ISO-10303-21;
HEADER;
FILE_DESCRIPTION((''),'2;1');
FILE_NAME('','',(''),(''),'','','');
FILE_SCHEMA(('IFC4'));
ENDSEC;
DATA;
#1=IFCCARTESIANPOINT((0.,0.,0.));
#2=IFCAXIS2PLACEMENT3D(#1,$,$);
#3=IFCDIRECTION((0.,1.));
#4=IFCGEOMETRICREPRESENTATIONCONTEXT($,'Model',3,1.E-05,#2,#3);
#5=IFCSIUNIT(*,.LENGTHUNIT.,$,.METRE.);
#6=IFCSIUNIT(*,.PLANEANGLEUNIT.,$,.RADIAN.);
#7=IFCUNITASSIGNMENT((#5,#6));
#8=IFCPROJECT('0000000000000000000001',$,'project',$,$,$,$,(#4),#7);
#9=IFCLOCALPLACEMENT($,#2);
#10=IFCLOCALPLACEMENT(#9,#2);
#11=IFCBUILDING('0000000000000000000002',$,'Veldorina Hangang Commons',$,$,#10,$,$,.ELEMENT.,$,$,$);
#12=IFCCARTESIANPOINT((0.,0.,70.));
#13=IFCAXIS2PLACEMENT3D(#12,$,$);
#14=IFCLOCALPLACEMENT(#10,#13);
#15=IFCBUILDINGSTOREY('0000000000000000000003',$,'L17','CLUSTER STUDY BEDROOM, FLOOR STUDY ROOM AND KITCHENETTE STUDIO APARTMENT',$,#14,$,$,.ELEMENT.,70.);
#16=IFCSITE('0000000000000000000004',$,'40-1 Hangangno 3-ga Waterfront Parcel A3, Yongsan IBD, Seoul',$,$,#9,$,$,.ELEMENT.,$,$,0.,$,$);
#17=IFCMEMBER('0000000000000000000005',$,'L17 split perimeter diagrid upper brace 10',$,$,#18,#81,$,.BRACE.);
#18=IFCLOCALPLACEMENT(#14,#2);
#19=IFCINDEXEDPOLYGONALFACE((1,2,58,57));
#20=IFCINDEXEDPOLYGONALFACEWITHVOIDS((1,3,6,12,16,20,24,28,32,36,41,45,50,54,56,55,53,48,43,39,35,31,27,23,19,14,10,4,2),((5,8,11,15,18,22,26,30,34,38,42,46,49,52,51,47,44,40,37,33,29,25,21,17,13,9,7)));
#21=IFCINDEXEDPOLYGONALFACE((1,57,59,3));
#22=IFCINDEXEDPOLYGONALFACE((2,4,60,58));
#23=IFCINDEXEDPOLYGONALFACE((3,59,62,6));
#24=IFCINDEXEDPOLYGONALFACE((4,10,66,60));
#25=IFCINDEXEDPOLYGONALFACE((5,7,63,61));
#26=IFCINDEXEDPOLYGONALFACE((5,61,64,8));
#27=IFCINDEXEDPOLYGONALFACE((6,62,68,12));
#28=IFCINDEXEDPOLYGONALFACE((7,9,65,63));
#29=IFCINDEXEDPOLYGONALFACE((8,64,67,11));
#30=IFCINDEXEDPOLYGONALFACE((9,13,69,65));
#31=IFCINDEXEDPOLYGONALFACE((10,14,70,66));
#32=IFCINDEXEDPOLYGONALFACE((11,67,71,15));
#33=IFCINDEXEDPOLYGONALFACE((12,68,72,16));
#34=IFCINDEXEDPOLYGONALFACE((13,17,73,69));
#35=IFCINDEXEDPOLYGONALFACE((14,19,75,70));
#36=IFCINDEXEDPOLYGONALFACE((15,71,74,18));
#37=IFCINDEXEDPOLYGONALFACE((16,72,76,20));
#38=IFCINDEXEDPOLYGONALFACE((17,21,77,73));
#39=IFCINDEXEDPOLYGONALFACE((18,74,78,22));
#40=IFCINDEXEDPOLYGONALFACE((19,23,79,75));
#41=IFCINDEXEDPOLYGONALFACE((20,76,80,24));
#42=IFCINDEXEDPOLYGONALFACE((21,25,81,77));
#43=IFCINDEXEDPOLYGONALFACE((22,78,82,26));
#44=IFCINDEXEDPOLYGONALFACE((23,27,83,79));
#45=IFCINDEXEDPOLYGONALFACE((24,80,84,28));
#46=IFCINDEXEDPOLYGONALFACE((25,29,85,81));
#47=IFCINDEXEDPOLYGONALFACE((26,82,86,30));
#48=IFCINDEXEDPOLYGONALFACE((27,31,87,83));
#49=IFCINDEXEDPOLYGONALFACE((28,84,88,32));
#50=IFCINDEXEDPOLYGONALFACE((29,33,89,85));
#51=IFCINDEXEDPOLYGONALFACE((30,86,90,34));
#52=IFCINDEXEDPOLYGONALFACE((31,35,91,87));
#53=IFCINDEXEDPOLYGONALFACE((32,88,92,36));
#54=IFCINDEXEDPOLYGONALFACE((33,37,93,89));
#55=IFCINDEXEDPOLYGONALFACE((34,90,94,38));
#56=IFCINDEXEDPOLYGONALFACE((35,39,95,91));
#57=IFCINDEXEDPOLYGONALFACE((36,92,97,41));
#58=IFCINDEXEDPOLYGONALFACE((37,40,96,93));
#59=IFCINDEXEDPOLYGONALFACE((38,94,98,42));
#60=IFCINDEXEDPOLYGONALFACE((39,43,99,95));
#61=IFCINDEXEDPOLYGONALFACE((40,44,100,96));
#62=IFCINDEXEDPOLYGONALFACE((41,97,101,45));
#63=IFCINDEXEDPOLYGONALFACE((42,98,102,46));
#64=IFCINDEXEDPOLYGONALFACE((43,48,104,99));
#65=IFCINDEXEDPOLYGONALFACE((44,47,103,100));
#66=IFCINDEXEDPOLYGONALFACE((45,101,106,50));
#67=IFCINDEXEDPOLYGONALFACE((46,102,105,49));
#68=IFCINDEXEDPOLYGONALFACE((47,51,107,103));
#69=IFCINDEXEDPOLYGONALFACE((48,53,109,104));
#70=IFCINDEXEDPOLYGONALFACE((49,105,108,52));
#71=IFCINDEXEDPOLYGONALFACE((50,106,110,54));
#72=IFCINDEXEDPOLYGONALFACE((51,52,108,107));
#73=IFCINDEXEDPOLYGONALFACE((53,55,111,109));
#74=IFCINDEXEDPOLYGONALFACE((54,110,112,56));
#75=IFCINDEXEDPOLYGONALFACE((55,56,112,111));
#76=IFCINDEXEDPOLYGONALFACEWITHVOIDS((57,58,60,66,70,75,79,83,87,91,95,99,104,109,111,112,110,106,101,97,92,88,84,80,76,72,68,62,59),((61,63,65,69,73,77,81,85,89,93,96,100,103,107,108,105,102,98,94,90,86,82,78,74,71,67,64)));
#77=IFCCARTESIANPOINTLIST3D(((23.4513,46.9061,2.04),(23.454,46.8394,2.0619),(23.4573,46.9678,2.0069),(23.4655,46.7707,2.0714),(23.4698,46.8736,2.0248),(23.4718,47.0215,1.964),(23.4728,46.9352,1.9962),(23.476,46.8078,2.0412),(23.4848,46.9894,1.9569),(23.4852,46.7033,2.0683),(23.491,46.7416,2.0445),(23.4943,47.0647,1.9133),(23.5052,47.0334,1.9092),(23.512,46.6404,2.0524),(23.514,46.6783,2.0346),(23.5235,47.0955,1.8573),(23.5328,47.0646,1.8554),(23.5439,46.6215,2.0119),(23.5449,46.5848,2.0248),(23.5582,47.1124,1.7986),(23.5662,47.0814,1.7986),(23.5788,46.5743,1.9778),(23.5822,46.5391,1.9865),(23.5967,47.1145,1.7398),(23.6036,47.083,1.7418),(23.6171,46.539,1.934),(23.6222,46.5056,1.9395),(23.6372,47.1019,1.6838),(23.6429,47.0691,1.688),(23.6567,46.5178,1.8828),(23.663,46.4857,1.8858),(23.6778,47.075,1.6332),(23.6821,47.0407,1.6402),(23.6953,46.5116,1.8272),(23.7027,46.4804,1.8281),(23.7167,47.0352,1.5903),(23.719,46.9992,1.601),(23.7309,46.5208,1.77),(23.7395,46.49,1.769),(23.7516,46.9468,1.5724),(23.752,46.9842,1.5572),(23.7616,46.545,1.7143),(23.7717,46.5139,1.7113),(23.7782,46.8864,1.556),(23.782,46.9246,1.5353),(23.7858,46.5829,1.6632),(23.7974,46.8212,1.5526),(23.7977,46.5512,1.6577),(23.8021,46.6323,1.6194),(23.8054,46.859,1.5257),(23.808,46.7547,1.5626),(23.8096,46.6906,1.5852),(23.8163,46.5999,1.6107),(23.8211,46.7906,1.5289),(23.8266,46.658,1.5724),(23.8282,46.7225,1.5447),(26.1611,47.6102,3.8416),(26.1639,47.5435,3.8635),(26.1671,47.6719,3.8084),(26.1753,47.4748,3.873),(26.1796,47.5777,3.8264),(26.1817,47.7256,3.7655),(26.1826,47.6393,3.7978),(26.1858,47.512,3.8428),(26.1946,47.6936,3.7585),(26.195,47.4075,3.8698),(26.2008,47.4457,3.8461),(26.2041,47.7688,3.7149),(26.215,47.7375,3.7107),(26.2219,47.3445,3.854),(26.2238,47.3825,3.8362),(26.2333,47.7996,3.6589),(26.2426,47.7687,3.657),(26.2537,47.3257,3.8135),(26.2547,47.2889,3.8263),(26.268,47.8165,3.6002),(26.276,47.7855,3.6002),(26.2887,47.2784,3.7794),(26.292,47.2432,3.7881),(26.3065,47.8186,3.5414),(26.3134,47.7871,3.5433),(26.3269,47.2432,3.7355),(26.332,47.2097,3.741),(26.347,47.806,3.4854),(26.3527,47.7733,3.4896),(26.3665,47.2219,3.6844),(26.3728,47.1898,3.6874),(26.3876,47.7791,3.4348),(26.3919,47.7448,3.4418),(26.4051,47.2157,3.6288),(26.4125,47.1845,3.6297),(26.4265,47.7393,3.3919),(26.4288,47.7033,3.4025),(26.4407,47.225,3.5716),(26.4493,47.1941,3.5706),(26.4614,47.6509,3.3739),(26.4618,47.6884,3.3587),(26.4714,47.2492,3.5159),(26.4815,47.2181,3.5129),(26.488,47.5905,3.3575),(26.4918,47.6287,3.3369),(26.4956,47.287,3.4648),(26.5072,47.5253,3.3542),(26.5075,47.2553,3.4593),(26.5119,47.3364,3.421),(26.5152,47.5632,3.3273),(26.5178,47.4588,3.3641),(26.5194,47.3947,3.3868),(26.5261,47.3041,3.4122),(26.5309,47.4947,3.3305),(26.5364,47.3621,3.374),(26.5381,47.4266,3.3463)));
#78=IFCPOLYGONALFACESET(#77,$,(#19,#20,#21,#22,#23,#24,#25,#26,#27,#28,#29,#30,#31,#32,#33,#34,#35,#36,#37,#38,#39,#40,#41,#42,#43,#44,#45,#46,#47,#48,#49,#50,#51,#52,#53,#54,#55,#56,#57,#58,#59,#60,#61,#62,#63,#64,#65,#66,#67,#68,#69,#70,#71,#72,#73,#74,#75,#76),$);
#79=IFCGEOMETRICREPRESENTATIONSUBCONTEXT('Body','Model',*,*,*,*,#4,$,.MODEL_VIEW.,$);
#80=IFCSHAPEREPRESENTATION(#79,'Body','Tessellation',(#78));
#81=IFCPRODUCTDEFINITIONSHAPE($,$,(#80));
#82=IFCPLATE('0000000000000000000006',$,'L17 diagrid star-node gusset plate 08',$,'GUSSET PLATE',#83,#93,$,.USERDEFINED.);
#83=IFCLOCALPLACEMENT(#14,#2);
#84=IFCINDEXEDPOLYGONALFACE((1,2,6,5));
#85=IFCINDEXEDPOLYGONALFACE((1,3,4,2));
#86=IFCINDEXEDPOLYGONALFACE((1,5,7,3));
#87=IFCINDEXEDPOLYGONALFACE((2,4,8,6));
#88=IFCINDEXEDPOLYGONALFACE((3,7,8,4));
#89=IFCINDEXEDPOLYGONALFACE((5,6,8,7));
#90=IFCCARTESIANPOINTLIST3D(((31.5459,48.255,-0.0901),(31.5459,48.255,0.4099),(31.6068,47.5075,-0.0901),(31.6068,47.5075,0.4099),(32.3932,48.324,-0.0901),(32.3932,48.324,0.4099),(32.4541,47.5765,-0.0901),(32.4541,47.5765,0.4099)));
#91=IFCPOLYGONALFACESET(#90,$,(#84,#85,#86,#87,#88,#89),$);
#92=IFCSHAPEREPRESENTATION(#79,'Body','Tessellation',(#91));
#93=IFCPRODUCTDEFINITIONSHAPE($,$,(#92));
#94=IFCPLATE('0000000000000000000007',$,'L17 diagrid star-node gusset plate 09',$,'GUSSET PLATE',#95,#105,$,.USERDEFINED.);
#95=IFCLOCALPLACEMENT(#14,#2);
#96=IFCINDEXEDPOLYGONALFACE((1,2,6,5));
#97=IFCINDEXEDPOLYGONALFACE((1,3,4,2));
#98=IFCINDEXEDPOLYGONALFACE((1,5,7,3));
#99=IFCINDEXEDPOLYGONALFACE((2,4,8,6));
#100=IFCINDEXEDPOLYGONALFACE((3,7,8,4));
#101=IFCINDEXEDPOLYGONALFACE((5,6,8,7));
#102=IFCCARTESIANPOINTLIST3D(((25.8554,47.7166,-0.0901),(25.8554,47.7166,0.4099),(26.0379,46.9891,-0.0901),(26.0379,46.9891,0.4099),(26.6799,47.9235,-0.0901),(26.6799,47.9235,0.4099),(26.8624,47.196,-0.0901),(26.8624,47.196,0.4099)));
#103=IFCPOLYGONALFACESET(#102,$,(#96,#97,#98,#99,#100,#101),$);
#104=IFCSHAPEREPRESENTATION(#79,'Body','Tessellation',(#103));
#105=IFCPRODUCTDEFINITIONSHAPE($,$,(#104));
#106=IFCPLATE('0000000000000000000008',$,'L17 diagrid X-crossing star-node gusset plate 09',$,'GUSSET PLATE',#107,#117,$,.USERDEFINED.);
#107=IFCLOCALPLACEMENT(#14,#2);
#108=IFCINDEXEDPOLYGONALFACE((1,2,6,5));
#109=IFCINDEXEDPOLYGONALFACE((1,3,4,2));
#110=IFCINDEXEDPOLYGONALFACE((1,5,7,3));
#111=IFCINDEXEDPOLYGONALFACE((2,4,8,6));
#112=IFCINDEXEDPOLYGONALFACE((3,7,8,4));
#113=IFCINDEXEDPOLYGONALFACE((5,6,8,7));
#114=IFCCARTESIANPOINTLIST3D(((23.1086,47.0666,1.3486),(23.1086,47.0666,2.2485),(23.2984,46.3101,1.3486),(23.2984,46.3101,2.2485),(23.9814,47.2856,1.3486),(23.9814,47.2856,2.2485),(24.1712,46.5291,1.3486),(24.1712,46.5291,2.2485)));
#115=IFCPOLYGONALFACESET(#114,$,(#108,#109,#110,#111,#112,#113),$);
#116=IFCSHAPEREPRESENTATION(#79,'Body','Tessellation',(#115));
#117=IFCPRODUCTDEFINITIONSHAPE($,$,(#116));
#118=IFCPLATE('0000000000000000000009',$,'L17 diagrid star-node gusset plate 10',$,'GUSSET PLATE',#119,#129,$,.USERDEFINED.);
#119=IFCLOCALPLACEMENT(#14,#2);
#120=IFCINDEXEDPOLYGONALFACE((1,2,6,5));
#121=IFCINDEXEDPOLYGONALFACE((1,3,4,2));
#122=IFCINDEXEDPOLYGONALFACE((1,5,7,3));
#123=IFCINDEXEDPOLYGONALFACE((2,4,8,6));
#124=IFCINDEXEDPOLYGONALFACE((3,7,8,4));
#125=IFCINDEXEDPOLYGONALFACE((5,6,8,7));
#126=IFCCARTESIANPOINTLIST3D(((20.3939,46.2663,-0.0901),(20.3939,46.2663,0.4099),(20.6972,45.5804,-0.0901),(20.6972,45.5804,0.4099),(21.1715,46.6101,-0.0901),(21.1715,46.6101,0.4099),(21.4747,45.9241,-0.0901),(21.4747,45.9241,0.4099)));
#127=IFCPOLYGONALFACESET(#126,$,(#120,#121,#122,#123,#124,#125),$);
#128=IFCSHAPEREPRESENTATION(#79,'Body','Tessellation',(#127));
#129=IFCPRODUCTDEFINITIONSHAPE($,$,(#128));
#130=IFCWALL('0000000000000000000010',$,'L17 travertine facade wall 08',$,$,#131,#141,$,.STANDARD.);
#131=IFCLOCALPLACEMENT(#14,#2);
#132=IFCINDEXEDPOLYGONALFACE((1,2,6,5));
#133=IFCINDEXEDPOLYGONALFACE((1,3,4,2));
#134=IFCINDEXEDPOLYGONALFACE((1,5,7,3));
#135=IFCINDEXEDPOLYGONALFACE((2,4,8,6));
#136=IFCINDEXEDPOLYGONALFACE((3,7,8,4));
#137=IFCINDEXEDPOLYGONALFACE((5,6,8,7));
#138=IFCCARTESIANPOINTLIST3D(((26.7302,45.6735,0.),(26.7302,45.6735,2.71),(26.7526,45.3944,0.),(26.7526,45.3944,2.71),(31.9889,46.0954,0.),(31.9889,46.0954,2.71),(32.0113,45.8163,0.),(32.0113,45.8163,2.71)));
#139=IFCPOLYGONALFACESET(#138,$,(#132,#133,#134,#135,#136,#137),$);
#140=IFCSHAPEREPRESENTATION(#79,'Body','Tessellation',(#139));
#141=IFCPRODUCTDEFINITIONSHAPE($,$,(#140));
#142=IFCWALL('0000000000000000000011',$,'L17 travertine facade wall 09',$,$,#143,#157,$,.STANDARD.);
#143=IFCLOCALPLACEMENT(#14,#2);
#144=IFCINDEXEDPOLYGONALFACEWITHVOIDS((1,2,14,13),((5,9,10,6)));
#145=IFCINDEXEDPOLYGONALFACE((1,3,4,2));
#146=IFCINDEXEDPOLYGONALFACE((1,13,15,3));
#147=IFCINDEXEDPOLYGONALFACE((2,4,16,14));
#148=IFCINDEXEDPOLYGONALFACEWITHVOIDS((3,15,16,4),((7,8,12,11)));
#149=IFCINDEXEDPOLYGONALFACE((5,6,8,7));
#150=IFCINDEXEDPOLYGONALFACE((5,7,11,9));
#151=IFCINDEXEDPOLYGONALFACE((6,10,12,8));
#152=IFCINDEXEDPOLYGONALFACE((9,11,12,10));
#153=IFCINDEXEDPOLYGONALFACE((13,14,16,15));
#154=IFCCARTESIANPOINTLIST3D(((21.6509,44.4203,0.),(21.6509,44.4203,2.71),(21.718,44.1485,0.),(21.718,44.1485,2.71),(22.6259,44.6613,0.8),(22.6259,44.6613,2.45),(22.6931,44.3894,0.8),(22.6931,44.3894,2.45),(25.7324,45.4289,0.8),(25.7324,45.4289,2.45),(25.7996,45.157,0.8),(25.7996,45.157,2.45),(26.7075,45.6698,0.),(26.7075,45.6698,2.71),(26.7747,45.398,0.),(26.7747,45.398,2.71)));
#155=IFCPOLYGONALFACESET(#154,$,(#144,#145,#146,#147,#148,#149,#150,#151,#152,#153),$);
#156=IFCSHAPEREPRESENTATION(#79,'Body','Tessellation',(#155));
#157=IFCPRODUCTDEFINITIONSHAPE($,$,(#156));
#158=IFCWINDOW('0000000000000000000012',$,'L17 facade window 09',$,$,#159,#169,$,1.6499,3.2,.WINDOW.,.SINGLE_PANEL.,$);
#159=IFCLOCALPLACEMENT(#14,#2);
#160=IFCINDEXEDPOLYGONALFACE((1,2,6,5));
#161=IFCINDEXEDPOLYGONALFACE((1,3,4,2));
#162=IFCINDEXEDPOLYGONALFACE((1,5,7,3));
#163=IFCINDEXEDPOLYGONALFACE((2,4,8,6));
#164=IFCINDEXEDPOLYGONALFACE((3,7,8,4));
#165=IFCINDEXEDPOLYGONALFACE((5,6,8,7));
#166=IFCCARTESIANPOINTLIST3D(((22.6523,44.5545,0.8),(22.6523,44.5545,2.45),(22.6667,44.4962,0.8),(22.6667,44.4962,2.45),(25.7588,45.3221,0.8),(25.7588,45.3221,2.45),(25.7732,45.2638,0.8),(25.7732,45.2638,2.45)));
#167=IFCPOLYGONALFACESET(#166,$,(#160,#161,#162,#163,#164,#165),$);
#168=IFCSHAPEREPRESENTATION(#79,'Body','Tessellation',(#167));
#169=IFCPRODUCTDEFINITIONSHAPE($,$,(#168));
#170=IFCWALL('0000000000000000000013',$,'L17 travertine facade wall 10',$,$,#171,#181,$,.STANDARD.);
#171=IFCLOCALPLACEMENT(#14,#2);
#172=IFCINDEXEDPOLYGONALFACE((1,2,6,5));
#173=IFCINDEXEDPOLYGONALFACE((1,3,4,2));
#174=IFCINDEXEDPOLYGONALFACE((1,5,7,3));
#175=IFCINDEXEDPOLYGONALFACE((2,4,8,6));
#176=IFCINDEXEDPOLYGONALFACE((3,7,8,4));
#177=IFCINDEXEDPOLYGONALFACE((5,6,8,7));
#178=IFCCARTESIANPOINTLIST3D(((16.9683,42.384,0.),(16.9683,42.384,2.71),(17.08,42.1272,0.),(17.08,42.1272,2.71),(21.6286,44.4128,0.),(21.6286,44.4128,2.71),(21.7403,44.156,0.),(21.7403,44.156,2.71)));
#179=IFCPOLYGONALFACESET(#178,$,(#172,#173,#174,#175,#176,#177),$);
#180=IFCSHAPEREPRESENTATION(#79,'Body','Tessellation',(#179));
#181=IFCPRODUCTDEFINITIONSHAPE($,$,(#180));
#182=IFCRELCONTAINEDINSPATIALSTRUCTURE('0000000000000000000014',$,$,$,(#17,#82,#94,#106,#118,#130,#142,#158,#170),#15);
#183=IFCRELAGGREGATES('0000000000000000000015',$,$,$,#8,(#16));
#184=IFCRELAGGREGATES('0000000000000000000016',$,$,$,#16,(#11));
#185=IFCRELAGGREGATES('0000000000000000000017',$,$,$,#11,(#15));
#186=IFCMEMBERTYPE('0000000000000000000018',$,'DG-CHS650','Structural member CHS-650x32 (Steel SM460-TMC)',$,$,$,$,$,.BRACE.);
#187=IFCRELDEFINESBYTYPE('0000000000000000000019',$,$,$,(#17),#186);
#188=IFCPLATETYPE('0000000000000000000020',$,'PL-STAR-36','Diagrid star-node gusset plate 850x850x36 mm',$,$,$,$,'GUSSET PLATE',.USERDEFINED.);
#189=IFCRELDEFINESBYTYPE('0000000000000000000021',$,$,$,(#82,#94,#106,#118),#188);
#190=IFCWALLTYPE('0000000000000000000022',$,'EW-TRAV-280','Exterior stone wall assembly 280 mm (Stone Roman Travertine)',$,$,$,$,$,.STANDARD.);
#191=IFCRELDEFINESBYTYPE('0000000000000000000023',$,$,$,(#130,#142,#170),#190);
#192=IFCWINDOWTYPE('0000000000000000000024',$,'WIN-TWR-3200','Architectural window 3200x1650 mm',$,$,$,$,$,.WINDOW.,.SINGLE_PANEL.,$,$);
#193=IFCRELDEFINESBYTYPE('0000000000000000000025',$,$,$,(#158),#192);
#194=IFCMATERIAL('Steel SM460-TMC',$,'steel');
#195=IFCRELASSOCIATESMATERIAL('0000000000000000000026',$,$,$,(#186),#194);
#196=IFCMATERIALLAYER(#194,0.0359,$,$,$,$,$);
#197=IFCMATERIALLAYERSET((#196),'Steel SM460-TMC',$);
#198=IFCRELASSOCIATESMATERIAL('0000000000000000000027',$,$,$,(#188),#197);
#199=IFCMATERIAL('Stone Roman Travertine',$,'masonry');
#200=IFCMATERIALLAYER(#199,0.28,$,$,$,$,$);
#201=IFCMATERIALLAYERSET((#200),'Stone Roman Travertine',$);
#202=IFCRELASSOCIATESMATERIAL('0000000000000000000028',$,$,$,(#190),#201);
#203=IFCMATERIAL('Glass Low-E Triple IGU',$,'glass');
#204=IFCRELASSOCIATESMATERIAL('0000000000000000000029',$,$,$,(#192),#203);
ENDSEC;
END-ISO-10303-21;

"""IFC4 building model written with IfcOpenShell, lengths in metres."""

from ifc_helpers import new_model, si_unit, direction, frame, frame_2d, origin, origin_2d, place, context, subcontext, project, spatial, rectangle, hollow_circle, extrude, material, layer, layer_set, material_profile, profile_set, type_object, element, fill, save


model = new_model("IFC4")

# Units and contexts
model_context = context("Model", 3, precision=1e-05, world=origin(), true_north=direction((0.0, 1.0)))
body_context = subcontext(model_context, "Body", "Model", "MODEL_VIEW")
ifc_project = project(units=[si_unit("LENGTHUNIT", "METRE"), si_unit("PLANEANGLEUNIT", "RADIAN")], contexts=[model_context])

# Site, building, storey
site_placement = place(None, origin())
site = spatial("IfcSite", under=ifc_project, at=site_placement, Name="40-1 Hangangno 3-ga Waterfront Parcel A3, Yongsan IBD, Seoul", CompositionType="ELEMENT", RefElevation=0.0)
building_placement = place(site_placement, origin())
building = spatial("IfcBuilding", under=site, at=building_placement, Name="Veldorina Hangang Commons", CompositionType="ELEMENT")
storey_placement = place(building_placement, frame((0.0, 0.0, 70.0)))
storey = spatial("IfcBuildingStorey", under=building, at=storey_placement, Name="L17", Description="CLUSTER STUDY BEDROOM, FLOOR STUDY ROOM AND KITCHENETTE STUDIO APARTMENT", CompositionType="ELEMENT", Elevation=70.0)

# Member
ifc_material_1 = material(Name="Steel SM460-TMC", Category="steel")
ifc_material_profile_1 = material_profile(ifc_material_1, hollow_circle(Radius=0.325, WallThickness=0.032, at=origin_2d()), Name="CHS-650x32")
ifc_profile_set_1 = profile_set([ifc_material_profile_1], Name="Steel SM460-TMC")
member_type = type_object("IfcMemberType", Name="DG-CHS650", Description="Structural member CHS-650x32 (Steel SM460-TMC)", PredefinedType="BRACE", material=ifc_profile_set_1)
member_1_placement = place(storey_placement, frame((23.6399, 46.7979, 1.7986), z_axis=(0.813917, 0.211491, 0.54112), x_axis=(-0.251492, 0.967859, 0.0)))
element("IfcMember", 1, at=member_1_placement, inside=storey, type_object=member_type, Name="L17 split perimeter diagrid upper brace 10", PredefinedType="BRACE", context=body_context, shape_type="SweptSolid", body=[
    extrude(hollow_circle(Radius=0.325, WallThickness=0.032, at=origin_2d()), origin(), (0.0, 0.0, 1.0), 3.3293),
])

# Plates
ifc_layer_1 = layer(ifc_material_1, 0.0359)
ifc_layer_set_1 = layer_set([ifc_layer_1], Name="Steel SM460-TMC")
plate_type = type_object("IfcPlateType", Name="PL-STAR-36", Description="Diagrid star-node gusset plate 850x850x36 mm", ElementType="GUSSET PLATE", PredefinedType="USERDEFINED", material=ifc_layer_set_1)
for number, where, z_axis, x_axis, name in (
    (2, (32.0, 47.9158, -0.0901), (0.0, 0.0, 1.0), (-0.996699, -0.081191, 0.0), "L17 diagrid star-node gusset plate 08"),
    (3, (26.3589, 47.4563, -0.0901), (0.0, 0.0, 1.0), (-0.969936, -0.243361, 0.0), "L17 diagrid star-node gusset plate 09"),
):
    element("IfcPlate", number, at=place(storey_placement, frame(where, z_axis=z_axis, x_axis=x_axis)), inside=storey, type_object=plate_type, Name=name, ObjectType="GUSSET PLATE", PredefinedType="USERDEFINED", context=body_context, shape_type="SweptSolid", body=[
        extrude(rectangle(XDim=0.8501, YDim=0.75, at=origin_2d()), origin(), (0.0, 0.0, 1.0), 0.5),
    ])
plate_1_placement = place(storey_placement, frame((23.6399, 46.7979, 1.3486), z_axis=(0.0, 0.0, 1.0), x_axis=(-0.969936, -0.243361, 0.0)))
element("IfcPlate", 4, at=plate_1_placement, inside=storey, type_object=plate_type, Name="L17 diagrid X-crossing star-node gusset plate 09", ObjectType="GUSSET PLATE", PredefinedType="USERDEFINED", context=body_context, shape_type="SweptSolid", body=[
    extrude(rectangle(XDim=0.8999, YDim=0.78, at=origin_2d()), origin(), (0.0, 0.0, 1.0), 0.8999),
])
plate_2_placement = place(storey_placement, frame((20.9343, 46.0952, -0.0901), z_axis=(0.0, 0.0, 1.0), x_axis=(-0.914614, -0.404328, 0.0)))
element("IfcPlate", 5, at=plate_2_placement, inside=storey, type_object=plate_type, Name="L17 diagrid star-node gusset plate 10", ObjectType="GUSSET PLATE", PredefinedType="USERDEFINED", context=body_context, shape_type="SweptSolid", body=[
    extrude(rectangle(XDim=0.8501, YDim=0.75, at=origin_2d()), origin(), (0.0, 0.0, 1.0), 0.5),
])

# Wall
ifc_material_2 = material(Name="Stone Roman Travertine", Category="masonry")
ifc_layer_2 = layer(ifc_material_2, 0.28)
ifc_layer_set_2 = layer_set([ifc_layer_2], Name="Stone Roman Travertine")
wall_type_1 = type_object("IfcWallType", Name="EW-TRAV-280", Description="Exterior stone wall assembly 280 mm (Stone Roman Travertine)", PredefinedType="STANDARD", material=ifc_layer_set_2)
wall_1_placement = place(storey_placement, frame((32.0, 45.9558, 0.0), z_axis=(0.0, 0.0, 1.0), x_axis=(-0.996798, -0.079966, 0.0)))
element("IfcWall", 6, at=wall_1_placement, inside=storey, type_object=wall_type_1, Name="L17 travertine facade wall 08", PredefinedType="STANDARD", context=body_context, shape_type="SweptSolid", body=[
    extrude(rectangle(XDim=5.2756, YDim=0.28, at=frame_2d((2.6377, 0.0))), origin(), (0.0, 0.0, 1.0), 2.71),
])

# Wall, opening, window
wall_2_placement = place(storey_placement, frame((26.7412, 45.5339, 0.0), z_axis=(0.0, 0.0, 1.0), x_axis=(-0.970801, -0.239888, 0.0)))
wall_2 = element("IfcWall", 7, at=wall_2_placement, inside=storey, type_object=wall_type_1, Name="L17 travertine facade wall 09", PredefinedType="STANDARD", context=body_context, shape_type="SweptSolid", body=[
    extrude(rectangle(XDim=5.2087, YDim=0.28, at=frame_2d((2.6045, 0.0))), origin(), (0.0, 0.0, 1.0), 2.71),
])
opening_1_placement = place(wall_2_placement, frame((1.0044, 0.0, 0.8)))
opening_1 = element("IfcOpeningElement", 8, at=opening_1_placement, cuts=wall_2, PredefinedType="OPENING", context=body_context, shape_type="SweptSolid", body=[
    extrude(rectangle(XDim=3.2, YDim=1.6499, at=frame_2d((1.6001, 0.825))), frame((0.0, 0.1499, 0.0), z_axis=(0.0, -1.0, 0.0), x_axis=(1.0, 0.0, 0.0)), (0.0, 0.0, 1.0), 0.3),
])
ifc_material_3 = material(Name="Glass Low-E Triple IGU", Category="glass")
window_type = type_object("IfcWindowType", Name="WIN-TWR-3200", Description="Architectural window 3200x1650 mm", PartitioningType="SINGLE_PANEL", PredefinedType="WINDOW", material=ifc_material_3)
window_placement = place(opening_1_placement, origin())
window = element("IfcWindow", 9, at=window_placement, inside=storey, type_object=window_type, Name="L17 facade window 09", OverallHeight=1.6499, OverallWidth=3.2, PartitioningType="SINGLE_PANEL", PredefinedType="WINDOW", context=body_context, shape_type="SweptSolid", body=[
    extrude(rectangle(XDim=3.2, YDim=1.6499, at=frame_2d((1.6001, 0.825))), frame((0.0, 0.03, 0.0), z_axis=(0.0, -1.0, 0.0), x_axis=(1.0, 0.0, 0.0)), (0.0, 0.0, 1.0), 0.0601),
])
fill(opening_1, window)

# Wall
wall_3_placement = place(storey_placement, frame((21.6846, 44.2844, 0.0), z_axis=(0.0, 0.0, 1.0), x_axis=(-0.916887, -0.399148, 0.0)))
element("IfcWall", 10, at=wall_3_placement, inside=storey, type_object=wall_type_1, Name="L17 travertine facade wall 10", PredefinedType="STANDARD", context=body_context, shape_type="SweptSolid", body=[
    extrude(rectangle(XDim=5.0828, YDim=0.28, at=frame_2d((2.5415, 0.0))), origin(), (0.0, 0.0, 1.0), 2.71),
])

save(model, "model.ifc")
